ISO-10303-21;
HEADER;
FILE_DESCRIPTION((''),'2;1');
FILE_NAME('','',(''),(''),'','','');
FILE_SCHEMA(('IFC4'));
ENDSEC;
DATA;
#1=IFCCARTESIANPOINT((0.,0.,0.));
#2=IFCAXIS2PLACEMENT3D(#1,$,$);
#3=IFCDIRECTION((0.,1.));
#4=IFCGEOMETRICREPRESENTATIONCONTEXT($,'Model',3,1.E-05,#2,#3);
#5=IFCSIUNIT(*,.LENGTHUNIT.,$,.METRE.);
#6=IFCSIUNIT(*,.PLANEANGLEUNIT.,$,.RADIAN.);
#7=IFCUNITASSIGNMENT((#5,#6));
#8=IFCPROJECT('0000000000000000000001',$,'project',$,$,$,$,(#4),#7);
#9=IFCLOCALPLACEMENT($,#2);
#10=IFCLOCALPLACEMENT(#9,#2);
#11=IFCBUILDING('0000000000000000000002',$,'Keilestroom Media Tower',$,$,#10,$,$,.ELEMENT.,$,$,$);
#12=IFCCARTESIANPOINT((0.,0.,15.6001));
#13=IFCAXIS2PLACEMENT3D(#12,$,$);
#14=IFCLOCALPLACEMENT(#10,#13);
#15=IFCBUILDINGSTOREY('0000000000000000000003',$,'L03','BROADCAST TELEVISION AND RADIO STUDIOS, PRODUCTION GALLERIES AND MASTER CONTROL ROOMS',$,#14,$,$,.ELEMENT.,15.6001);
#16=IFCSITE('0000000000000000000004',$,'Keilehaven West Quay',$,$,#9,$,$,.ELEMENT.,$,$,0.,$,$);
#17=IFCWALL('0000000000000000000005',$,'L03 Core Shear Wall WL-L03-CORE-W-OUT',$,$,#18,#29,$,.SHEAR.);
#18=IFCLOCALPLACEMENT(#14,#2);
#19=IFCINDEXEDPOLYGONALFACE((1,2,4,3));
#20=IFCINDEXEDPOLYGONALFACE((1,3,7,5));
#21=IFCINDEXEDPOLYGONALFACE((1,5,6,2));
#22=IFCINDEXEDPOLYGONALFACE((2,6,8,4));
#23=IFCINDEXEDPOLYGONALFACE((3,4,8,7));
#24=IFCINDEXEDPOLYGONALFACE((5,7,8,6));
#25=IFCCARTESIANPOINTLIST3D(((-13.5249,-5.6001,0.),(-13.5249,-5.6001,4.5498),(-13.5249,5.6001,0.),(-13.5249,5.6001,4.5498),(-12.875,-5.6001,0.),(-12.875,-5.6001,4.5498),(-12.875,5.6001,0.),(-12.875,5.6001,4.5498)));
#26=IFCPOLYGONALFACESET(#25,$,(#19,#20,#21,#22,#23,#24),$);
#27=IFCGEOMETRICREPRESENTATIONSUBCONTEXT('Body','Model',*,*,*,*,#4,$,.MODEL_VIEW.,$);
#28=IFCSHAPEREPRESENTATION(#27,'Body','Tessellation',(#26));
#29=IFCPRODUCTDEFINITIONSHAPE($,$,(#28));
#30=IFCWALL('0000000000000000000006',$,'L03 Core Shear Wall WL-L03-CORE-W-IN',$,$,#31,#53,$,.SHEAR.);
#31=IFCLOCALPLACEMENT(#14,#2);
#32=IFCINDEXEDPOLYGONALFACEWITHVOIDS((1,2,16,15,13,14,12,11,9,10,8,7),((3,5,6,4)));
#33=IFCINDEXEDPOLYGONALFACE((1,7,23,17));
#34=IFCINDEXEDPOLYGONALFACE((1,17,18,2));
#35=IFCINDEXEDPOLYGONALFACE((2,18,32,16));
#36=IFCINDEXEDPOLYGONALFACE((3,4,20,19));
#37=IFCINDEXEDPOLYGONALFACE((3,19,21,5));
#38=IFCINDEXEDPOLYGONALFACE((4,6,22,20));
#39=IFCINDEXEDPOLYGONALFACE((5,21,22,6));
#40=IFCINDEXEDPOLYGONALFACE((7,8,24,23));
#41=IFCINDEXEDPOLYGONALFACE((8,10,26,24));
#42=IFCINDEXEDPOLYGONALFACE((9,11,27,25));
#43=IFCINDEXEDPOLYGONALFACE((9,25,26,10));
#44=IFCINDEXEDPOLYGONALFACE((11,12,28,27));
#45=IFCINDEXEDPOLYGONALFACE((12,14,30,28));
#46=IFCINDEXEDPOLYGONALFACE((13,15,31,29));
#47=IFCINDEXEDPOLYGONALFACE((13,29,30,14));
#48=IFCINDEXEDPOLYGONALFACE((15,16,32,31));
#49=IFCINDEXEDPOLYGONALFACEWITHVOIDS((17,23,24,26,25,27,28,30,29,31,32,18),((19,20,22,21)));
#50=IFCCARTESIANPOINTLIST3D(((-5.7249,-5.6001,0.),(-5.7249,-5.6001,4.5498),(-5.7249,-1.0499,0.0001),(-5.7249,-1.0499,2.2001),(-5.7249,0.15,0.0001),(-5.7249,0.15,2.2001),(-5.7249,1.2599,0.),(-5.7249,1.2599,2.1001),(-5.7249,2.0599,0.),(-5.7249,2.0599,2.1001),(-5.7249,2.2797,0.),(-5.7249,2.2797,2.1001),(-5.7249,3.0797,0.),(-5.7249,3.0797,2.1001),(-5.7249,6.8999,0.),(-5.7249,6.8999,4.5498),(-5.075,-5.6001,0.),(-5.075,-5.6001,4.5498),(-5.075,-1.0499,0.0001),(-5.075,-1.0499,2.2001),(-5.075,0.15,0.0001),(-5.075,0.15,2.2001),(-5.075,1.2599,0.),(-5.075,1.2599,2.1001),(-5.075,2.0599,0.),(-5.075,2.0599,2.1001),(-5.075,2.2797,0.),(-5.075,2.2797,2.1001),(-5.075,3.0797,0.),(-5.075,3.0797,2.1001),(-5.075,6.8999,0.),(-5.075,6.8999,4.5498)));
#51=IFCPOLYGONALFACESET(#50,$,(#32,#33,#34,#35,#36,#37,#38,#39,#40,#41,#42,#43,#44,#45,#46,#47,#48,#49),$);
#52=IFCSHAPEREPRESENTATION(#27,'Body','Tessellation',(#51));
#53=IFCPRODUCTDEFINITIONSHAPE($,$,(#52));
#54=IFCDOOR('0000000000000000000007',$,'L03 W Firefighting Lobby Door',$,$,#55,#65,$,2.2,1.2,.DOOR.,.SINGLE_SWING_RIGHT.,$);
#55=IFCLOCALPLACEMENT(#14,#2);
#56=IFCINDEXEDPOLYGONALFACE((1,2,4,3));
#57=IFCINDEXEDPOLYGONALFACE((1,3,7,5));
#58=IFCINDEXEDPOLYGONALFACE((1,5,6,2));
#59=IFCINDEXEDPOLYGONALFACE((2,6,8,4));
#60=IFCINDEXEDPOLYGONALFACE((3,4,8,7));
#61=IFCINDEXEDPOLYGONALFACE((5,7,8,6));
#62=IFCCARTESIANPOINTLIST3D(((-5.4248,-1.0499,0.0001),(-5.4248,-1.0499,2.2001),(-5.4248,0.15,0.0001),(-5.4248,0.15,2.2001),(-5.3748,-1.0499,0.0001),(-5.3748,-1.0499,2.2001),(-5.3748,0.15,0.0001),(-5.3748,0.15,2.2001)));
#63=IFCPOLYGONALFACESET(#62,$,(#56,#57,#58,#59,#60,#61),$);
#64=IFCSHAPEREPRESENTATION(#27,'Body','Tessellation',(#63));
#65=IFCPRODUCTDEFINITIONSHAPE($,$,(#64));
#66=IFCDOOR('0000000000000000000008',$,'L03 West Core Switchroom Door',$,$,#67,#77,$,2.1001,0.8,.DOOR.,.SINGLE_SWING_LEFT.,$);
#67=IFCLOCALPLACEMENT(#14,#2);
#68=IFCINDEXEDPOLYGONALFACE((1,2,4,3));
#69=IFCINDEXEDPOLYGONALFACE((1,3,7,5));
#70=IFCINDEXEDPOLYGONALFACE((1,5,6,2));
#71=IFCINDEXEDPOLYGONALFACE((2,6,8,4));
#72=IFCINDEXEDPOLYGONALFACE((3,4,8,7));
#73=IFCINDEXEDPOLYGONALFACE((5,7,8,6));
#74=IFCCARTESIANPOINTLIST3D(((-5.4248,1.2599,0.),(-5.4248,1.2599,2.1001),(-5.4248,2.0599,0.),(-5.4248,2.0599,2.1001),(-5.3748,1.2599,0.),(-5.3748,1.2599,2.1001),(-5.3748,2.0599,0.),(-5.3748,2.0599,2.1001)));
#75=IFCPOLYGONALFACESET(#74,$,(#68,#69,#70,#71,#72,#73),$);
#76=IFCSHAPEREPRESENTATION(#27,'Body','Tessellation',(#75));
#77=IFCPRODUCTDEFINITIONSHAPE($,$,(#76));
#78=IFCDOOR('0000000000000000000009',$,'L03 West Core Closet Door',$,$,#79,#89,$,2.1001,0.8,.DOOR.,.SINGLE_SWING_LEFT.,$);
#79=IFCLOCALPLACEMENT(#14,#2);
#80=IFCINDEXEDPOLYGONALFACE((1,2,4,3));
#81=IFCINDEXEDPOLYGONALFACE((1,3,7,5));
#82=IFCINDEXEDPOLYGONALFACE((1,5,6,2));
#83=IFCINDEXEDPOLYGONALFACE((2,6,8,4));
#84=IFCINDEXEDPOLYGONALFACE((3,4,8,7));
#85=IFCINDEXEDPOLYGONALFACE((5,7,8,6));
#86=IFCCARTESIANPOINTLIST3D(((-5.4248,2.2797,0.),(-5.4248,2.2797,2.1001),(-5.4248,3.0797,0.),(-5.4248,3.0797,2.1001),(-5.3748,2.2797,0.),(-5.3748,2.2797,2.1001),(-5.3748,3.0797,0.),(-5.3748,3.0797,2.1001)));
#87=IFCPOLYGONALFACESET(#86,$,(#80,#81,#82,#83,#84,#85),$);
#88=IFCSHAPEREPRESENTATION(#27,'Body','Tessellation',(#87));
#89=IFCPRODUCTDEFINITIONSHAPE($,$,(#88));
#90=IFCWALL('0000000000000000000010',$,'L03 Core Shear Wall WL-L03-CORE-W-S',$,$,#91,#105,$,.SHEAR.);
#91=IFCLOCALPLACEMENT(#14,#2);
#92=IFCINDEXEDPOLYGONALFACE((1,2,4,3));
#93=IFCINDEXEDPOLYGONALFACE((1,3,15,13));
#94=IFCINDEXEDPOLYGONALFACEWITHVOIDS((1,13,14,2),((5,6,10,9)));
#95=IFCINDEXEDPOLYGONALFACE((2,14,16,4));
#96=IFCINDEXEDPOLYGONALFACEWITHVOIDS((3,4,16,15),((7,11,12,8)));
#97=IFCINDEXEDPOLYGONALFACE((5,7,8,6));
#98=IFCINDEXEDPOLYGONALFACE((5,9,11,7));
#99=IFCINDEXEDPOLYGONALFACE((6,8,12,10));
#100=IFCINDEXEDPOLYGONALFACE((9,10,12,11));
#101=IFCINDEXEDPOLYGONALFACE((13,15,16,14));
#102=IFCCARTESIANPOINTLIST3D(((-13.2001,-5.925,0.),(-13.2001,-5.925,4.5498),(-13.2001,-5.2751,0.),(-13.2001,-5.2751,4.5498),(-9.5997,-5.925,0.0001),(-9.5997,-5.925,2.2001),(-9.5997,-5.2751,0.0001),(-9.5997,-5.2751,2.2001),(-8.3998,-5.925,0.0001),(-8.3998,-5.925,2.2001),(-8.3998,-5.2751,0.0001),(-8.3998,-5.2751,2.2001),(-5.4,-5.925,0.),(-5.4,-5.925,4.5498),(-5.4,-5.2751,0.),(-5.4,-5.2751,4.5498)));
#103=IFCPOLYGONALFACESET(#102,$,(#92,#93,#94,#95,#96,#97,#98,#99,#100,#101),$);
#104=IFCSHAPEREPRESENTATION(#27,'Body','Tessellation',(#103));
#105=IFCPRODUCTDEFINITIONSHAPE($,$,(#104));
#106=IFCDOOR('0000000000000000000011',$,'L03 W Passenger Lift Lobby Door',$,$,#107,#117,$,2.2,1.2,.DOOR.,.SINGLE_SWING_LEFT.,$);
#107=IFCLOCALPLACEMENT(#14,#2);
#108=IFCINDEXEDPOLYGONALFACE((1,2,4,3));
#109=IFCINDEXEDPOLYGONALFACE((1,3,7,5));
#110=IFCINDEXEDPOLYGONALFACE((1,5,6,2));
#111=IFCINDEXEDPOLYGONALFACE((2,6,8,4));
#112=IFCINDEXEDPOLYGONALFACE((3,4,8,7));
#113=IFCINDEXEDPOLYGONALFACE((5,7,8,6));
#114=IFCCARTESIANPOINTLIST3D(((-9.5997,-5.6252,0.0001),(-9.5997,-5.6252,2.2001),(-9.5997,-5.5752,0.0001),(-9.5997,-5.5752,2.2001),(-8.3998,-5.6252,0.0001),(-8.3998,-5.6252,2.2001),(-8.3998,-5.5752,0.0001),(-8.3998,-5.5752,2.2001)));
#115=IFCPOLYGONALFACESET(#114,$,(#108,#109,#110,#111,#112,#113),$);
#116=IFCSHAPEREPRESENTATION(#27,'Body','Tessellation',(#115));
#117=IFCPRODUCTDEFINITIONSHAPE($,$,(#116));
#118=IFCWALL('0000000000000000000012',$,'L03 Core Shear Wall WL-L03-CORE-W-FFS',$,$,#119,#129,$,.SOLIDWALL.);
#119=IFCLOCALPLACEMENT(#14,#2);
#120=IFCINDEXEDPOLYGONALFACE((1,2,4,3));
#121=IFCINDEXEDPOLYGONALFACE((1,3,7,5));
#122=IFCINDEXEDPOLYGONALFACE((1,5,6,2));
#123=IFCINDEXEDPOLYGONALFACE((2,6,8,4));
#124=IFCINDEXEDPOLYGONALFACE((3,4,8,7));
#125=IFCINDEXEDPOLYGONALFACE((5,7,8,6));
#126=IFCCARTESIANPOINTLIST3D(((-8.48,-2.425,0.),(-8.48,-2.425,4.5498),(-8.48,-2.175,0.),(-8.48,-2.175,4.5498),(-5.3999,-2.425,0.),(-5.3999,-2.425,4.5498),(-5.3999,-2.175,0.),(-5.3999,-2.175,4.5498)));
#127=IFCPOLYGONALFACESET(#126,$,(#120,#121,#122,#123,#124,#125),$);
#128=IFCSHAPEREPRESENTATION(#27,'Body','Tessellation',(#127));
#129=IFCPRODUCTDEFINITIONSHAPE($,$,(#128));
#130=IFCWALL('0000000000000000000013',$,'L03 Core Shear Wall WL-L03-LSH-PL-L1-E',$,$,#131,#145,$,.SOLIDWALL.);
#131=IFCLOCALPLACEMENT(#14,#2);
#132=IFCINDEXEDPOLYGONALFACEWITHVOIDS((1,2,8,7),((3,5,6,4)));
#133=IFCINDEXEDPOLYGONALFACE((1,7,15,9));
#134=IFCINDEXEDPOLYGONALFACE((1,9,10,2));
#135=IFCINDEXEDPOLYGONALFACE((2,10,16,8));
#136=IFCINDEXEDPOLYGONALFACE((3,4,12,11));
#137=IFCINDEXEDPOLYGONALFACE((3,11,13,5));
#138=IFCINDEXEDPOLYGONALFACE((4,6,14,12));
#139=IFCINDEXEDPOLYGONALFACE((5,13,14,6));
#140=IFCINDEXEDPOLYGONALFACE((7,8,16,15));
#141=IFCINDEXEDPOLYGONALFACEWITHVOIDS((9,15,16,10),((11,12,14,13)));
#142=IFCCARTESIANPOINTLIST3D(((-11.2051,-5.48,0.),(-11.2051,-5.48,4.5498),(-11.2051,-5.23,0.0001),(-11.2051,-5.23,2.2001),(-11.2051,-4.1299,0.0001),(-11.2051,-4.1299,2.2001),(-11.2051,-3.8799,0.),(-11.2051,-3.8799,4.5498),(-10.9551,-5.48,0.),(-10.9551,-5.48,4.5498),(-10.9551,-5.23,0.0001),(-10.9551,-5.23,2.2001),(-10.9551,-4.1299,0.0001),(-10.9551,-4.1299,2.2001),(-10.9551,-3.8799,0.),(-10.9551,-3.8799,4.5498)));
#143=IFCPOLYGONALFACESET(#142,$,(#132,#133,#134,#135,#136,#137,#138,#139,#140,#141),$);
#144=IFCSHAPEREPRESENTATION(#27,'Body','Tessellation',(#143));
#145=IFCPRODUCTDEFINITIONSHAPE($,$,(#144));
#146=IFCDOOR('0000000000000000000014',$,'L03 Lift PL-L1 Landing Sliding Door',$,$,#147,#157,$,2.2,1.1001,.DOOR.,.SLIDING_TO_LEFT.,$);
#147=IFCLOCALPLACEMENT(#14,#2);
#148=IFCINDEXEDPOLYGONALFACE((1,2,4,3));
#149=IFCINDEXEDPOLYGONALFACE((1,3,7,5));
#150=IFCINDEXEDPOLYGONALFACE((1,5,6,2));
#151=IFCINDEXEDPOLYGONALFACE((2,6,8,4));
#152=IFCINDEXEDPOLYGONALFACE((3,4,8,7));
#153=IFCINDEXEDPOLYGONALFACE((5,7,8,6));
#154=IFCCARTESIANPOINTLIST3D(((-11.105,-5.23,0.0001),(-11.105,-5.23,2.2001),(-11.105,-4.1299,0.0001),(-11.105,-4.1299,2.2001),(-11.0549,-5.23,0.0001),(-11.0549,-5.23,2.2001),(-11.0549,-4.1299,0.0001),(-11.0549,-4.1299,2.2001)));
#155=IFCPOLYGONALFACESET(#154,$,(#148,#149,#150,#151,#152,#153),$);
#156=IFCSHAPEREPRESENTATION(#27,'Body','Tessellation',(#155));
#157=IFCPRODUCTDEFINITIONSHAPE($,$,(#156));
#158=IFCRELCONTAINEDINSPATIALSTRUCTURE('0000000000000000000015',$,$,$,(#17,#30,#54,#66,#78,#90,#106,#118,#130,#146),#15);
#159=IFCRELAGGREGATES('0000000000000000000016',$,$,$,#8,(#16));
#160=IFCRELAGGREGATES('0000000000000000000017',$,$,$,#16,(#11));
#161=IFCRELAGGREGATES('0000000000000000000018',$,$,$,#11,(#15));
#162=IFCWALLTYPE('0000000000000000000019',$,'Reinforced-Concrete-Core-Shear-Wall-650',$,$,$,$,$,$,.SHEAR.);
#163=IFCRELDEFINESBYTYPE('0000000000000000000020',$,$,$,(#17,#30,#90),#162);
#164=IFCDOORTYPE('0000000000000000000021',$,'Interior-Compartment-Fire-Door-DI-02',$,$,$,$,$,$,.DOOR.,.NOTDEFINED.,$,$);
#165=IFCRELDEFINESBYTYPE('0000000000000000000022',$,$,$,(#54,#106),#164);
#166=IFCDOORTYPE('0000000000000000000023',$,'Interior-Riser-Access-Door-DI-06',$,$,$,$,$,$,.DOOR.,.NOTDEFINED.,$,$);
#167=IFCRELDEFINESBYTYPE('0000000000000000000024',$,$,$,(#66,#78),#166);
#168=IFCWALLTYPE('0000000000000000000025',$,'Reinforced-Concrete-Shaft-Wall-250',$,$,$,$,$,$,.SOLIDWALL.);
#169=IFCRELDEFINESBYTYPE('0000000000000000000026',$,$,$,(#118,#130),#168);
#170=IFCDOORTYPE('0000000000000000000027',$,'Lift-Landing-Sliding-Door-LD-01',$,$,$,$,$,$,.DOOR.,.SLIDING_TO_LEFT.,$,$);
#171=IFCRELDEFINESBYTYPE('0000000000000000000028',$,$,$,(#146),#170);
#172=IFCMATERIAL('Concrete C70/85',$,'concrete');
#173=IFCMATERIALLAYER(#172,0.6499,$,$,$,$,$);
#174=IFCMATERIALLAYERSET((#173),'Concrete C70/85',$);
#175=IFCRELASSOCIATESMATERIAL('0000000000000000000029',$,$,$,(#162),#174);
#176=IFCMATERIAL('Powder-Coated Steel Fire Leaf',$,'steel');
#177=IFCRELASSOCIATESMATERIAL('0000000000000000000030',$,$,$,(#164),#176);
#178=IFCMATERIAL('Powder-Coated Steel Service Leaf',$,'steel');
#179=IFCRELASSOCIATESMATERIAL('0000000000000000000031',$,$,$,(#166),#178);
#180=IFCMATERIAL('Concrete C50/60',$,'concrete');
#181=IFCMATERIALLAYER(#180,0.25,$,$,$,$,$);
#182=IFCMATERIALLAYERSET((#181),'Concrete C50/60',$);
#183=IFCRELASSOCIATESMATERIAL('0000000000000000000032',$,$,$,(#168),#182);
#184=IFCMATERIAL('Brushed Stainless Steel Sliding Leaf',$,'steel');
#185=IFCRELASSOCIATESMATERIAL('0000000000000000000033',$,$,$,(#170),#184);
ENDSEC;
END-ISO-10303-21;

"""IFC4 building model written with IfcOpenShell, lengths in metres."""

from ifc_helpers import new_model, si_unit, direction, frame, frame_2d, origin, place, context, subcontext, project, spatial, rectangle, extrude, source, transform, mapped, material, layer, layer_set, type_object, element, fill, save


model = new_model("IFC4")

# Units and contexts
model_context = context("Model", 3, precision=1e-05, world=origin(), true_north=direction((0.0, 1.0)))
body_context = subcontext(model_context, "Body", "Model", "MODEL_VIEW")
ifc_project = project(units=[si_unit("LENGTHUNIT", "METRE"), si_unit("PLANEANGLEUNIT", "RADIAN")], contexts=[model_context])

# Site, building, storey
site_placement = place(None, origin())
site = spatial("IfcSite", under=ifc_project, at=site_placement, Name="Keilehaven West Quay", CompositionType="ELEMENT", RefElevation=0.0)
building_placement = place(site_placement, origin())
building = spatial("IfcBuilding", under=site, at=building_placement, Name="Keilestroom Media Tower", CompositionType="ELEMENT")
storey_placement = place(building_placement, frame((0.0, 0.0, 15.6001)))
storey = spatial("IfcBuildingStorey", under=building, at=storey_placement, Name="L03", Description="BROADCAST TELEVISION AND RADIO STUDIOS, PRODUCTION GALLERIES AND MASTER CONTROL ROOMS", CompositionType="ELEMENT", Elevation=15.6001)

# Shared definitions
ifc_material_1 = material(Name="Concrete C70/85", Category="concrete")

# Wall
ifc_layer_1 = layer(ifc_material_1, 0.6499)
ifc_layer_set_1 = layer_set([ifc_layer_1], Name="Concrete C70/85")
wall_type_1 = type_object("IfcWallType", Name="Reinforced-Concrete-Core-Shear-Wall-650", PredefinedType="SHEAR", material=ifc_layer_set_1)
wall_1_placement = place(storey_placement, frame((-13.2, -5.6001, 0.0), z_axis=(0.0, 0.0, 1.0), x_axis=(0.0, 1.0, 0.0)))
element("IfcWall", 1, at=wall_1_placement, inside=storey, type_object=wall_type_1, Name="L03 Core Shear Wall WL-L03-CORE-W-OUT", PredefinedType="SHEAR", context=body_context, shape_type="SweptSolid", body=[
    extrude(rectangle(XDim=11.2002, YDim=0.6499, at=frame_2d((5.6001, 0.0))), origin(), (0.0, 0.0, 1.0), 4.5498),
])

# Wall, openings, doors
wall_2_placement = place(storey_placement, frame((-5.3999, -5.6001, 0.0), z_axis=(0.0, 0.0, 1.0), x_axis=(0.0, 1.0, 0.0)))
wall_2 = element("IfcWall", 2, at=wall_2_placement, inside=storey, type_object=wall_type_1, Name="L03 Core Shear Wall WL-L03-CORE-W-IN", PredefinedType="SHEAR", context=body_context, shape_type="SweptSolid", body=[
    extrude(rectangle(XDim=12.5, YDim=0.6499, at=frame_2d((6.25, 0.0))), origin(), (0.0, 0.0, 1.0), 4.5498),
])
opening_1_placement = place(wall_2_placement, frame((4.55, 0.0, 0.0)))
opening_1 = element("IfcOpeningElement", 3, at=opening_1_placement, cuts=wall_2, PredefinedType="OPENING", context=body_context, shape_type="SweptSolid", body=[
    extrude(rectangle(XDim=1.2, YDim=2.2, at=frame_2d((0.6001, 1.1001))), frame((0.0, 0.335, 0.0), z_axis=(0.0, -1.0, 0.0), x_axis=(1.0, 0.0, 0.0)), (0.0, 0.0, 1.0), 0.6699),
])
opening_2_placement = place(wall_2_placement, frame((6.8601, 0.0, 0.0)))
opening_2 = element("IfcOpeningElement", 4, at=opening_2_placement, cuts=wall_2, PredefinedType="OPENING", context=body_context, shape_type="SweptSolid", body=[
    extrude(rectangle(XDim=0.8, YDim=2.1001, at=frame_2d((0.3999, 1.05))), frame((0.0, 0.335, 0.0), z_axis=(0.0, -1.0, 0.0), x_axis=(1.0, 0.0, 0.0)), (0.0, 0.0, 1.0), 0.6699),
])
opening_3_placement = place(wall_2_placement, frame((7.8799, 0.0, 0.0)))
opening_3 = element("IfcOpeningElement", 5, at=opening_3_placement, cuts=wall_2, PredefinedType="OPENING", context=body_context, shape_type="SweptSolid", body=[
    extrude(rectangle(XDim=0.8, YDim=2.1001, at=frame_2d((0.3999, 1.05))), frame((0.0, 0.335, 0.0), z_axis=(0.0, -1.0, 0.0), x_axis=(1.0, 0.0, 0.0)), (0.0, 0.0, 1.0), 0.6699),
])
ifc_material_2 = material(Name="Powder-Coated Steel Fire Leaf", Category="steel")
door_type_1 = type_object("IfcDoorType", Name="Interior-Compartment-Fire-Door-DI-02", OperationType="NOTDEFINED", PredefinedType="DOOR", material=ifc_material_2)
shared_shape_1 = source(origin(), body_context, "Body", "SweptSolid", [
    extrude(rectangle(XDim=1.2, YDim=2.2, at=frame_2d((0.6001, 1.1001))), frame((0.0, 0.0249, 0.0), z_axis=(0.0, -1.0, 0.0), x_axis=(1.0, 0.0, 0.0)), (0.0, 0.0, 1.0), 0.05),
])
door_1_placement = place(opening_1_placement, origin())
door_1 = element("IfcDoor", 6, at=door_1_placement, inside=storey, type_object=door_type_1, Name="L03 W Firefighting Lobby Door", OperationType="SINGLE_SWING_RIGHT", OverallHeight=2.2, OverallWidth=1.2, PredefinedType="DOOR", context=body_context, shape_type="MappedRepresentation", body=[
    mapped(shared_shape_1, transform((0.0, 0.0, 0.0), x_axis=(1.0, 0.0, 0.0), y_axis=(0.0, 1.0, 0.0), z_axis=(0.0, 0.0, 1.0), scale=1.0)),
])
fill(opening_1, door_1)
ifc_material_3 = material(Name="Powder-Coated Steel Service Leaf", Category="steel")
door_type_2 = type_object("IfcDoorType", Name="Interior-Riser-Access-Door-DI-06", OperationType="NOTDEFINED", PredefinedType="DOOR", material=ifc_material_3)
shared_shape_2 = source(origin(), body_context, "Body", "SweptSolid", [
    extrude(rectangle(XDim=0.8, YDim=2.1001, at=frame_2d((0.3999, 1.05))), frame((0.0, 0.0249, 0.0), z_axis=(0.0, -1.0, 0.0), x_axis=(1.0, 0.0, 0.0)), (0.0, 0.0, 1.0), 0.05),
])
door_2_placement = place(opening_2_placement, origin())
door_2 = element("IfcDoor", 7, at=door_2_placement, inside=storey, type_object=door_type_2, Name="L03 West Core Switchroom Door", OperationType="SINGLE_SWING_LEFT", OverallHeight=2.1001, OverallWidth=0.8, PredefinedType="DOOR", context=body_context, shape_type="MappedRepresentation", body=[
    mapped(shared_shape_2, transform((0.0, 0.0, 0.0), x_axis=(1.0, 0.0, 0.0), y_axis=(0.0, 1.0, 0.0), z_axis=(0.0, 0.0, 1.0), scale=1.0)),
])
fill(opening_2, door_2)
door_3_placement = place(opening_3_placement, origin())
door_3 = element("IfcDoor", 8, at=door_3_placement, inside=storey, type_object=door_type_2, Name="L03 West Core Closet Door", OperationType="SINGLE_SWING_LEFT", OverallHeight=2.1001, OverallWidth=0.8, PredefinedType="DOOR", context=body_context, shape_type="MappedRepresentation", body=[
    mapped(shared_shape_2, transform((0.0, 0.0, 0.0), x_axis=(1.0, 0.0, 0.0), y_axis=(0.0, 1.0, 0.0), z_axis=(0.0, 0.0, 1.0), scale=1.0)),
])
fill(opening_3, door_3)

# Wall, opening, door
wall_3_placement = place(storey_placement, frame((-13.2, -5.6001, 0.0), z_axis=(0.0, 0.0, 1.0), x_axis=(1.0, 0.0, 0.0)))
wall_3 = element("IfcWall", 9, at=wall_3_placement, inside=storey, type_object=wall_type_1, Name="L03 Core Shear Wall WL-L03-CORE-W-S", PredefinedType="SHEAR", context=body_context, shape_type="SweptSolid", body=[
    extrude(rectangle(XDim=7.8, YDim=0.6499, at=frame_2d((3.8999, 0.0))), origin(), (0.0, 0.0, 1.0), 4.5498),
])
opening_4_placement = place(wall_3_placement, frame((3.6001, 0.0, 0.0)))
opening_4 = element("IfcOpeningElement", 10, at=opening_4_placement, cuts=wall_3, PredefinedType="OPENING", context=body_context, shape_type="SweptSolid", body=[
    extrude(rectangle(XDim=1.2, YDim=2.2, at=frame_2d((0.6001, 1.1001))), frame((0.0, 0.335, 0.0), z_axis=(0.0, -1.0, 0.0), x_axis=(1.0, 0.0, 0.0)), (0.0, 0.0, 1.0), 0.6699),
])
door_4_placement = place(opening_4_placement, origin())
door_4 = element("IfcDoor", 11, at=door_4_placement, inside=storey, type_object=door_type_1, Name="L03 W Passenger Lift Lobby Door", OperationType="SINGLE_SWING_LEFT", OverallHeight=2.2, OverallWidth=1.2, PredefinedType="DOOR", context=body_context, shape_type="MappedRepresentation", body=[
    mapped(shared_shape_1, transform((0.0, 0.0, 0.0), x_axis=(1.0, 0.0, 0.0), y_axis=(0.0, 1.0, 0.0), z_axis=(0.0, 0.0, 1.0), scale=1.0)),
])
fill(opening_4, door_4)

# Wall
ifc_material_4 = material(Name="Concrete C50/60", Category="concrete")
ifc_layer_2 = layer(ifc_material_4, 0.25)
ifc_layer_set_2 = layer_set([ifc_layer_2], Name="Concrete C50/60")
wall_type_2 = type_object("IfcWallType", Name="Reinforced-Concrete-Shaft-Wall-250", PredefinedType="SOLIDWALL", material=ifc_layer_set_2)
wall_4_placement = place(storey_placement, frame((-8.48, -2.3, 0.0), z_axis=(0.0, 0.0, 1.0), x_axis=(1.0, 0.0, 0.0)))
element("IfcWall", 12, at=wall_4_placement, inside=storey, type_object=wall_type_2, Name="L03 Core Shear Wall WL-L03-CORE-W-FFS", PredefinedType="SOLIDWALL", context=body_context, shape_type="SweptSolid", body=[
    extrude(rectangle(XDim=3.0801, YDim=0.25, at=frame_2d((1.54, 0.0))), origin(), (0.0, 0.0, 1.0), 4.5498),
])

# Wall, opening, door
wall_5_placement = place(storey_placement, frame((-11.0801, -5.48, 0.0), z_axis=(0.0, 0.0, 1.0), x_axis=(0.0, 1.0, 0.0)))
wall_5 = element("IfcWall", 13, at=wall_5_placement, inside=storey, type_object=wall_type_2, Name="L03 Core Shear Wall WL-L03-LSH-PL-L1-E", PredefinedType="SOLIDWALL", context=body_context, shape_type="SweptSolid", body=[
    extrude(rectangle(XDim=1.6001, YDim=0.25, at=frame_2d((0.8, 0.0))), origin(), (0.0, 0.0, 1.0), 4.5498),
])
opening_5_placement = place(wall_5_placement, frame((0.25, 0.0, 0.0)))
opening_5 = element("IfcOpeningElement", 14, at=opening_5_placement, cuts=wall_5, PredefinedType="OPENING", context=body_context, shape_type="SweptSolid", body=[
    extrude(rectangle(XDim=1.1001, YDim=2.2, at=frame_2d((0.55, 1.1001))), frame((0.0, 0.135, 0.0), z_axis=(0.0, -1.0, 0.0), x_axis=(1.0, 0.0, 0.0)), (0.0, 0.0, 1.0), 0.27),
])
ifc_material_5 = material(Name="Brushed Stainless Steel Sliding Leaf", Category="steel")
door_type_3 = type_object("IfcDoorType", Name="Lift-Landing-Sliding-Door-LD-01", OperationType="SLIDING_TO_LEFT", PredefinedType="DOOR", material=ifc_material_5)
shared_shape_3 = source(origin(), body_context, "Body", "SweptSolid", [
    extrude(rectangle(XDim=1.1001, YDim=2.2, at=frame_2d((0.55, 1.1001))), frame((0.0, 0.0249, 0.0), z_axis=(0.0, -1.0, 0.0), x_axis=(1.0, 0.0, 0.0)), (0.0, 0.0, 1.0), 0.05),
])
door_5_placement = place(opening_5_placement, origin())
door_5 = element("IfcDoor", 15, at=door_5_placement, inside=storey, type_object=door_type_3, Name="L03 Lift PL-L1 Landing Sliding Door", OperationType="SLIDING_TO_LEFT", OverallHeight=2.2, OverallWidth=1.1001, PredefinedType="DOOR", context=body_context, shape_type="MappedRepresentation", body=[
    mapped(shared_shape_3, transform((0.0, 0.0, 0.0), x_axis=(1.0, 0.0, 0.0), y_axis=(0.0, 1.0, 0.0), z_axis=(0.0, 0.0, 1.0), scale=1.0)),
])
fill(opening_5, door_5)

save(model, "model.ifc")
